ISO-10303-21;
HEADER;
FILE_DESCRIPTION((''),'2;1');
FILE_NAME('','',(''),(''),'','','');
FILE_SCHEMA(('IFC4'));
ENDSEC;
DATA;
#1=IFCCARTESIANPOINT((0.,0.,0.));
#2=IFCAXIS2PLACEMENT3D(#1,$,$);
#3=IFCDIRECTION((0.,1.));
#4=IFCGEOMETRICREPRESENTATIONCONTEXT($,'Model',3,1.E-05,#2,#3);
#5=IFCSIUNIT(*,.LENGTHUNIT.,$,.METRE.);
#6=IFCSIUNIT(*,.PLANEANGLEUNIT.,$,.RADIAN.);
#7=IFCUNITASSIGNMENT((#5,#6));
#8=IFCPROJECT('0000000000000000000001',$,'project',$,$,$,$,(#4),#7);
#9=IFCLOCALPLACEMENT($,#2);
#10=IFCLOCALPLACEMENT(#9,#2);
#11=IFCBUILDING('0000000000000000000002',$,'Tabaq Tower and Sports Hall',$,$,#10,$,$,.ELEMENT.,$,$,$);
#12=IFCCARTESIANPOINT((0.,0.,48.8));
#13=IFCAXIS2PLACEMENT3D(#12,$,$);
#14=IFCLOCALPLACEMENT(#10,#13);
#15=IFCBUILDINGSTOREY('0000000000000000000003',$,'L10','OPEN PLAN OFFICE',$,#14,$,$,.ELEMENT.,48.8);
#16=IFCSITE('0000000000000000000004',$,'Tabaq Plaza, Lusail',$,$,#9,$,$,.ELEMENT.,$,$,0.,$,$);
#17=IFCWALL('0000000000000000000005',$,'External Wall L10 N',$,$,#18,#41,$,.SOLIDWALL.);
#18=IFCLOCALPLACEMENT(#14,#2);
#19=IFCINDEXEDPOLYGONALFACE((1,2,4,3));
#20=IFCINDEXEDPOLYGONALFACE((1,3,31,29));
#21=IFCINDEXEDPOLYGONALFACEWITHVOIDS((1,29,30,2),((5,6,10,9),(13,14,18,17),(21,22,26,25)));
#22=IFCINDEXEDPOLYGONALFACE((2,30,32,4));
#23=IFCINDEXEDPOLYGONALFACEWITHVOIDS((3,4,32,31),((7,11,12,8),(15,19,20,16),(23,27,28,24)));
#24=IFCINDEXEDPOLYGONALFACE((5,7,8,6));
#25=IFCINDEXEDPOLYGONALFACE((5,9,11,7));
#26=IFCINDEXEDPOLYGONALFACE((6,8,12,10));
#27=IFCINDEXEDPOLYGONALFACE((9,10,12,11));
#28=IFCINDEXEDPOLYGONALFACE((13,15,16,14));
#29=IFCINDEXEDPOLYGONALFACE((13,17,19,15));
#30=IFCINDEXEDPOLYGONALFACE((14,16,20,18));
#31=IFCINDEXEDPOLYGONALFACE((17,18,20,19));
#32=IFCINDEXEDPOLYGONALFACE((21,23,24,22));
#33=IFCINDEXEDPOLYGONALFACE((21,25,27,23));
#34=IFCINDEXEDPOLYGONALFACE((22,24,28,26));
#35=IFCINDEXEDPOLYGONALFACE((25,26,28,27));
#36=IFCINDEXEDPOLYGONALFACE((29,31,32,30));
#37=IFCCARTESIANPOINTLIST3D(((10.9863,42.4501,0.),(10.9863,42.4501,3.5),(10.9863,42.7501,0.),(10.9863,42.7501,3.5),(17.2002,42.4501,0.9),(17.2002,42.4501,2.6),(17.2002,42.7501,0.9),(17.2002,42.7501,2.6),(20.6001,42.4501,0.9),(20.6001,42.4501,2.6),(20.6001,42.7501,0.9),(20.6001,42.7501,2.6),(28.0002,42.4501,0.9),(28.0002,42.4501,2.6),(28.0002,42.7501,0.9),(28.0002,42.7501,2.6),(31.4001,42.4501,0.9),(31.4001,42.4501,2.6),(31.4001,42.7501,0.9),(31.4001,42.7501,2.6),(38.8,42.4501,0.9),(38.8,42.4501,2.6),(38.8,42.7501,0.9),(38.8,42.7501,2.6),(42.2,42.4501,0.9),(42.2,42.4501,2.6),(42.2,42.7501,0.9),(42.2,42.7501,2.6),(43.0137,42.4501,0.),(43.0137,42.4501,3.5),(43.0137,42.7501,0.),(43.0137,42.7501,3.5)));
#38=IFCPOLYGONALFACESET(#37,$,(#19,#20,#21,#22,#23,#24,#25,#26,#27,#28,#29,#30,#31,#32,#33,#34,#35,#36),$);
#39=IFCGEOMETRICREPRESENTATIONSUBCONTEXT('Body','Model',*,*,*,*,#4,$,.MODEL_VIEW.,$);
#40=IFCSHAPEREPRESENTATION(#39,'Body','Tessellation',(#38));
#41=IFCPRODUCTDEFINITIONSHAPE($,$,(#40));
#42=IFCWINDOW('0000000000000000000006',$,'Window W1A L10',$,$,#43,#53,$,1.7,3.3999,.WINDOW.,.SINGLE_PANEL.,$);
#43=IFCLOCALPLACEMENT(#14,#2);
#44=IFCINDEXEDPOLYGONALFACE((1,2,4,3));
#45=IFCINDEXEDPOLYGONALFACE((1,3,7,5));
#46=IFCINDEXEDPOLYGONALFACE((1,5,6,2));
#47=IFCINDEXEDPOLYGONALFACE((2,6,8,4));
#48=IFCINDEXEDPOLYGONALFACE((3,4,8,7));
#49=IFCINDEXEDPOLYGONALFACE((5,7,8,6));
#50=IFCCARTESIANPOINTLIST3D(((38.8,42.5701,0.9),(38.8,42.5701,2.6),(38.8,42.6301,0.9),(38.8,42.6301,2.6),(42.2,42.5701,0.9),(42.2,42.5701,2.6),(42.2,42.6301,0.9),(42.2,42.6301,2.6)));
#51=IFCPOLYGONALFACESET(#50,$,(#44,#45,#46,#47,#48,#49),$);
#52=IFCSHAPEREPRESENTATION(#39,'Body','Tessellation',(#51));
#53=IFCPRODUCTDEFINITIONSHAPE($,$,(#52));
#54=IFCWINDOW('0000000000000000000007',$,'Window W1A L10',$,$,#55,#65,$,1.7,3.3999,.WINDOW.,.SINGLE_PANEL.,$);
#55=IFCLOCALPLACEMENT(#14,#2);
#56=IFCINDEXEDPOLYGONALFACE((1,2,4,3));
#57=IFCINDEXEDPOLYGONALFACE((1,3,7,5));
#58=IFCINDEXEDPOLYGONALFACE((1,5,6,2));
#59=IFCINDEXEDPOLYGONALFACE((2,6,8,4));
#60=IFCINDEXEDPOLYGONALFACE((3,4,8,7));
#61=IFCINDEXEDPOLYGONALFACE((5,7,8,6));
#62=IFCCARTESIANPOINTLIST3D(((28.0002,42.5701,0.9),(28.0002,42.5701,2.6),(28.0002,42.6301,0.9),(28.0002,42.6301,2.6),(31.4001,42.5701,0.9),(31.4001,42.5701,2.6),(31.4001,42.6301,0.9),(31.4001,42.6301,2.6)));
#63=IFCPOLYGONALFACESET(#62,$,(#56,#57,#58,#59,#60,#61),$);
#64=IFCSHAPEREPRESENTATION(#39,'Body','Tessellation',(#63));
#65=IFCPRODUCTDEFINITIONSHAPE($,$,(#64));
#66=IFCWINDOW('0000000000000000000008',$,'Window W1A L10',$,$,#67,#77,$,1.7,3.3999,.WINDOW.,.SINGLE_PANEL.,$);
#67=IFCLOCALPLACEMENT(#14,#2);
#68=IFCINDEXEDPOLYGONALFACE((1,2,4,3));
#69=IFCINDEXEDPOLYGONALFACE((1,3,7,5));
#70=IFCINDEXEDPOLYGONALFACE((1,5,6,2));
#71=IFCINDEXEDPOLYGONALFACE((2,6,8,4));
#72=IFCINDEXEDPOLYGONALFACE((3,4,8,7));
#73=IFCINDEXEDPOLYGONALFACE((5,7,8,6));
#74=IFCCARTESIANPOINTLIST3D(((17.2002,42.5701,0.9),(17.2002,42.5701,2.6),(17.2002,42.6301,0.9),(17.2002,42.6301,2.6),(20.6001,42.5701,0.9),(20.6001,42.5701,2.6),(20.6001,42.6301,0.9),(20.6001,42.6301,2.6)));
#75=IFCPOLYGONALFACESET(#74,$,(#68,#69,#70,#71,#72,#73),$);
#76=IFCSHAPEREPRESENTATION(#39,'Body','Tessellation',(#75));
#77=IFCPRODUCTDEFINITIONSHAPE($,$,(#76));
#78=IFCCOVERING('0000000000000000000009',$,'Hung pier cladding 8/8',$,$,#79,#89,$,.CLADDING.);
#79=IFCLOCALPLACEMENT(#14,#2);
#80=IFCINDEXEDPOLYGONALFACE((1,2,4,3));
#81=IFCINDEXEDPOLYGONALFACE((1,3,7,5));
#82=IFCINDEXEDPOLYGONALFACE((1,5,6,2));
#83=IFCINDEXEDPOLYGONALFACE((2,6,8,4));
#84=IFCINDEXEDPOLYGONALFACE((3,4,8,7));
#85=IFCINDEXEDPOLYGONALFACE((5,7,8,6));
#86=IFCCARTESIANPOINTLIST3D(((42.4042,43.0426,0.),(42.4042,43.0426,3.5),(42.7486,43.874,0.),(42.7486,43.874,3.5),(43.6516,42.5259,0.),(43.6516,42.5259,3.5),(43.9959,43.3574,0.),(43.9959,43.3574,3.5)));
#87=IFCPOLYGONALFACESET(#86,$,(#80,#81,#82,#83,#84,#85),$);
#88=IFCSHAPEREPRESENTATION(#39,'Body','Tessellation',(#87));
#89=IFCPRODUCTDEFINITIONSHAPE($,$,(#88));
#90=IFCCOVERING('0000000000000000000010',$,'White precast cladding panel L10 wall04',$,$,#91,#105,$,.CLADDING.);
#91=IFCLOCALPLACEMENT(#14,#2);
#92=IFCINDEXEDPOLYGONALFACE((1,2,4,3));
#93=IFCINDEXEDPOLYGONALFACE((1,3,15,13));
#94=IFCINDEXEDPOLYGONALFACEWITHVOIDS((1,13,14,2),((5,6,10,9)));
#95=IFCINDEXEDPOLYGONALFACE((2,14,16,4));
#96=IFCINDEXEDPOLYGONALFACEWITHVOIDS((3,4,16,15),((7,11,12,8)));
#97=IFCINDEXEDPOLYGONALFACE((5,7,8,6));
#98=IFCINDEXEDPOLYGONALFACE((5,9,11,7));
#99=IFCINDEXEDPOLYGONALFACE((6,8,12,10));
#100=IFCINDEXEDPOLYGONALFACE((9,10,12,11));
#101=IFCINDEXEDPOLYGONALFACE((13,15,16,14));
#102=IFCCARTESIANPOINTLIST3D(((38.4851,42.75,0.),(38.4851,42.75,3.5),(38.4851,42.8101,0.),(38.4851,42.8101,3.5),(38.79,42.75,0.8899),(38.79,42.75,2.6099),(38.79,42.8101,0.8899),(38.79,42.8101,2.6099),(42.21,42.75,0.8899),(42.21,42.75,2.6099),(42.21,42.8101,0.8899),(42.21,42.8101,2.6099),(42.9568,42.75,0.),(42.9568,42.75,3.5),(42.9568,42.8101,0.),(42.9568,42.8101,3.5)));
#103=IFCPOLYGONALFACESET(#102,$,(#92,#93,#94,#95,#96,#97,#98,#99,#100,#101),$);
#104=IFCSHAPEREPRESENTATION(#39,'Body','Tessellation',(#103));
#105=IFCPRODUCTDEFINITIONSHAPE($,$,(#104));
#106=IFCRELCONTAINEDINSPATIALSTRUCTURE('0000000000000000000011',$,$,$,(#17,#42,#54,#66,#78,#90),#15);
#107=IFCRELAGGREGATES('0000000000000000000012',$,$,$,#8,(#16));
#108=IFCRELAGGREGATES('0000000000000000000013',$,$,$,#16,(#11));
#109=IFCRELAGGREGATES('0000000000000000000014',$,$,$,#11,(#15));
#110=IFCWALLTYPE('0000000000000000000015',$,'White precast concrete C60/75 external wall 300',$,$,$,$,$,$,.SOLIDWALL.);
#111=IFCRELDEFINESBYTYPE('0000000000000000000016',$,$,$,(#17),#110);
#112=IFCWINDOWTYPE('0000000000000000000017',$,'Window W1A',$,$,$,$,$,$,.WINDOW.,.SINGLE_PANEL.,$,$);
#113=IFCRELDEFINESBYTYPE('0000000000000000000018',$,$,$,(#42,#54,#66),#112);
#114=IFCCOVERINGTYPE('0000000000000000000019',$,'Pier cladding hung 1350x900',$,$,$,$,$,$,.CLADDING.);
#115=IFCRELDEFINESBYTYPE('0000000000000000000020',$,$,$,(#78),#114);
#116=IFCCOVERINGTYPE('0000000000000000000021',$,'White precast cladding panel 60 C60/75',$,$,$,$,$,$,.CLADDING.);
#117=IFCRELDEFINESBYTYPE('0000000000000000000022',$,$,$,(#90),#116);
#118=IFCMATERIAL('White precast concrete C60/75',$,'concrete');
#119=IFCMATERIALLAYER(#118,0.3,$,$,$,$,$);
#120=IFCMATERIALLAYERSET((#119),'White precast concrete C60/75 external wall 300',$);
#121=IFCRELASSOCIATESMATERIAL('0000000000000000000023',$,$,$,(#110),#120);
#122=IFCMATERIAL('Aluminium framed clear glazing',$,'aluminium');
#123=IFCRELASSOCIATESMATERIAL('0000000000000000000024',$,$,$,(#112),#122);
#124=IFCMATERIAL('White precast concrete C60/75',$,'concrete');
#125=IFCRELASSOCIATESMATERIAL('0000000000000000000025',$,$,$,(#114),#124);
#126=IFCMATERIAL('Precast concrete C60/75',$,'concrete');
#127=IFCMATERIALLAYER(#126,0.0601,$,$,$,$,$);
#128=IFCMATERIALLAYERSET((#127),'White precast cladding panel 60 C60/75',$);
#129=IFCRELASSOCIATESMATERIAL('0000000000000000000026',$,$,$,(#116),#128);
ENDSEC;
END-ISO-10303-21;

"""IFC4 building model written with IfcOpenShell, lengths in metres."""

from ifc_helpers import new_model, si_unit, direction, frame, frame_2d, origin, place, context, subcontext, project, spatial, polyline, rectangle, outline, extrude, material, layer, layer_set, type_object, element, fill, save


model = new_model("IFC4")

# Units and contexts
model_context = context("Model", 3, precision=1e-05, world=origin(), true_north=direction((0.0, 1.0)))
body_context = subcontext(model_context, "Body", "Model", "MODEL_VIEW")
ifc_project = project(units=[si_unit("LENGTHUNIT", "METRE"), si_unit("PLANEANGLEUNIT", "RADIAN")], contexts=[model_context])

# Site, building, storey
site_placement = place(None, origin())
site = spatial("IfcSite", under=ifc_project, at=site_placement, Name="Tabaq Plaza, Lusail", CompositionType="ELEMENT", RefElevation=0.0)
building_placement = place(site_placement, origin())
building = spatial("IfcBuilding", under=site, at=building_placement, Name="Tabaq Tower and Sports Hall", CompositionType="ELEMENT")
storey_placement = place(building_placement, frame((0.0, 0.0, 48.8)))
storey = spatial("IfcBuildingStorey", under=building, at=storey_placement, Name="L10", Description="OPEN PLAN OFFICE", CompositionType="ELEMENT", Elevation=48.8)

# Wall, openings, windows
ifc_material_1 = material(Name="White precast concrete C60/75", Category="concrete")
ifc_layer_1 = layer(ifc_material_1, 0.3)
ifc_layer_set_1 = layer_set([ifc_layer_1], Name="White precast concrete C60/75 external wall 300")
wall_type_1 = type_object("IfcWallType", Name="White precast concrete C60/75 external wall 300", PredefinedType="SOLIDWALL", material=ifc_layer_set_1)
wall_1_placement = place(storey_placement, frame((43.0137, 42.6001, 0.0), z_axis=(0.0, 0.0, 1.0), x_axis=(-1.0, 0.0, 0.0)))
wall_1 = element("IfcWall", 1, at=wall_1_placement, inside=storey, type_object=wall_type_1, Name="External Wall L10 N", PredefinedType="SOLIDWALL", context=body_context, shape_type="SweptSolid", body=[
    extrude(rectangle(XDim=32.0273, YDim=0.3, at=frame_2d((16.0137, 0.0))), origin(), (0.0, 0.0, 1.0), 3.5),
])
opening_1_placement = place(wall_1_placement, frame((0.8137, 0.0, 0.8999)))
opening_1 = element("IfcOpeningElement", 2, at=opening_1_placement, cuts=wall_1, PredefinedType="OPENING", context=body_context, shape_type="SweptSolid", body=[
    extrude(rectangle(XDim=3.3999, YDim=1.7, at=frame_2d((1.7, 0.8501))), frame((0.0, 0.1602, 0.0), z_axis=(0.0, -1.0, 0.0), x_axis=(1.0, 0.0, 0.0)), (0.0, 0.0, 1.0), 0.3201),
])
opening_2_placement = place(wall_1_placement, frame((11.6135, 0.0, 0.8999)))
opening_2 = element("IfcOpeningElement", 3, at=opening_2_placement, cuts=wall_1, PredefinedType="OPENING", context=body_context, shape_type="SweptSolid", body=[
    extrude(rectangle(XDim=3.3999, YDim=1.7, at=frame_2d((1.7, 0.8501))), frame((0.0, 0.1602, 0.0), z_axis=(0.0, -1.0, 0.0), x_axis=(1.0, 0.0, 0.0)), (0.0, 0.0, 1.0), 0.3201),
])
opening_3_placement = place(wall_1_placement, frame((22.4136, 0.0, 0.8999)))
opening_3 = element("IfcOpeningElement", 4, at=opening_3_placement, cuts=wall_1, PredefinedType="OPENING", context=body_context, shape_type="SweptSolid", body=[
    extrude(rectangle(XDim=3.3999, YDim=1.7, at=frame_2d((1.7, 0.8501))), frame((0.0, 0.1602, 0.0), z_axis=(0.0, -1.0, 0.0), x_axis=(1.0, 0.0, 0.0)), (0.0, 0.0, 1.0), 0.3201),
])
ifc_material_2 = material(Name="Aluminium framed clear glazing", Category="aluminium")
window_type = type_object("IfcWindowType", Name="Window W1A", PartitioningType="SINGLE_PANEL", PredefinedType="WINDOW", material=ifc_material_2)
window_1_placement = place(opening_1_placement, origin())
window_1 = element("IfcWindow", 5, at=window_1_placement, inside=storey, type_object=window_type, Name="Window W1A L10", OverallHeight=1.7, OverallWidth=3.3999, PartitioningType="SINGLE_PANEL", PredefinedType="WINDOW", context=body_context, shape_type="SweptSolid", body=[
    extrude(rectangle(XDim=3.3999, YDim=1.7, at=frame_2d((1.7, 0.8501))), frame((0.0, 0.03, 0.0), z_axis=(0.0, -1.0, 0.0), x_axis=(1.0, 0.0, 0.0)), (0.0, 0.0, 1.0), 0.0601),
])
fill(opening_1, window_1)
window_2_placement = place(opening_2_placement, origin())
window_2 = element("IfcWindow", 6, at=window_2_placement, inside=storey, type_object=window_type, Name="Window W1A L10", OverallHeight=1.7, OverallWidth=3.3999, PartitioningType="SINGLE_PANEL", PredefinedType="WINDOW", context=body_context, shape_type="SweptSolid", body=[
    extrude(rectangle(XDim=3.3999, YDim=1.7, at=frame_2d((1.7, 0.8501))), frame((0.0, 0.03, 0.0), z_axis=(0.0, -1.0, 0.0), x_axis=(1.0, 0.0, 0.0)), (0.0, 0.0, 1.0), 0.0601),
])
fill(opening_2, window_2)
window_3_placement = place(opening_3_placement, origin())
window_3 = element("IfcWindow", 7, at=window_3_placement, inside=storey, type_object=window_type, Name="Window W1A L10", OverallHeight=1.7, OverallWidth=3.3999, PartitioningType="SINGLE_PANEL", PredefinedType="WINDOW", context=body_context, shape_type="SweptSolid", body=[
    extrude(rectangle(XDim=3.3999, YDim=1.7, at=frame_2d((1.7, 0.8501))), frame((0.0, 0.03, 0.0), z_axis=(0.0, -1.0, 0.0), x_axis=(1.0, 0.0, 0.0)), (0.0, 0.0, 1.0), 0.0601),
])
fill(opening_3, window_3)

# Coverings
ifc_material_3 = material(Name="White precast concrete C60/75", Category="concrete")
covering_type_1 = type_object("IfcCoveringType", Name="Pier cladding hung 1350x900", PredefinedType="CLADDING", material=ifc_material_3)
covering_1_placement = place(storey_placement, frame((43.8237, 42.9417, 0.0), z_axis=(0.0, 0.0, 1.0), x_axis=(-0.923893, 0.38265, 0.0)))
element("IfcCovering", 8, at=covering_1_placement, inside=storey, type_object=covering_type_1, Name="Hung pier cladding 8/8", PredefinedType="CLADDING", context=body_context, shape_type="SweptSolid", body=[
    extrude(rectangle(XDim=1.3501, YDim=0.8999, at=frame_2d((0.675, 0.0))), origin(), (0.0, 0.0, 1.0), 3.5),
])
ifc_material_4 = material(Name="Precast concrete C60/75", Category="concrete")
ifc_layer_2 = layer(ifc_material_4, 0.0601)
ifc_layer_set_2 = layer_set([ifc_layer_2], Name="White precast cladding panel 60 C60/75")
covering_type_2 = type_object("IfcCoveringType", Name="White precast cladding panel 60 C60/75", PredefinedType="CLADDING", material=ifc_layer_set_2)
covering_2_placement = place(storey_placement, frame((42.9568, 42.78, 0.0), z_axis=(0.0, 0.0, 1.0), x_axis=(-1.0, 0.0, 0.0)))
element("IfcCovering", 9, at=covering_2_placement, inside=storey, type_object=covering_type_2, Name="White precast cladding panel L10 wall04", PredefinedType="CLADDING", context=body_context, shape_type="SweptSolid", body=[
    extrude(outline(polyline([(0.0, 0.0), (4.4717, 0.0), (4.4717, 3.5), (0.0, 3.5), (0.0, 0.0)]), holes=[polyline([(0.7468, 0.8899), (0.7468, 2.6099), (4.1667, 2.6099), (4.1667, 0.8899), (0.7468, 0.8899)])]), frame((0.0, 0.03, 0.0), z_axis=(0.0, -1.0, 0.0), x_axis=(1.0, 0.0, 0.0)), (0.0, 0.0, 1.0), 0.0601),
])

save(model, "model.ifc")
